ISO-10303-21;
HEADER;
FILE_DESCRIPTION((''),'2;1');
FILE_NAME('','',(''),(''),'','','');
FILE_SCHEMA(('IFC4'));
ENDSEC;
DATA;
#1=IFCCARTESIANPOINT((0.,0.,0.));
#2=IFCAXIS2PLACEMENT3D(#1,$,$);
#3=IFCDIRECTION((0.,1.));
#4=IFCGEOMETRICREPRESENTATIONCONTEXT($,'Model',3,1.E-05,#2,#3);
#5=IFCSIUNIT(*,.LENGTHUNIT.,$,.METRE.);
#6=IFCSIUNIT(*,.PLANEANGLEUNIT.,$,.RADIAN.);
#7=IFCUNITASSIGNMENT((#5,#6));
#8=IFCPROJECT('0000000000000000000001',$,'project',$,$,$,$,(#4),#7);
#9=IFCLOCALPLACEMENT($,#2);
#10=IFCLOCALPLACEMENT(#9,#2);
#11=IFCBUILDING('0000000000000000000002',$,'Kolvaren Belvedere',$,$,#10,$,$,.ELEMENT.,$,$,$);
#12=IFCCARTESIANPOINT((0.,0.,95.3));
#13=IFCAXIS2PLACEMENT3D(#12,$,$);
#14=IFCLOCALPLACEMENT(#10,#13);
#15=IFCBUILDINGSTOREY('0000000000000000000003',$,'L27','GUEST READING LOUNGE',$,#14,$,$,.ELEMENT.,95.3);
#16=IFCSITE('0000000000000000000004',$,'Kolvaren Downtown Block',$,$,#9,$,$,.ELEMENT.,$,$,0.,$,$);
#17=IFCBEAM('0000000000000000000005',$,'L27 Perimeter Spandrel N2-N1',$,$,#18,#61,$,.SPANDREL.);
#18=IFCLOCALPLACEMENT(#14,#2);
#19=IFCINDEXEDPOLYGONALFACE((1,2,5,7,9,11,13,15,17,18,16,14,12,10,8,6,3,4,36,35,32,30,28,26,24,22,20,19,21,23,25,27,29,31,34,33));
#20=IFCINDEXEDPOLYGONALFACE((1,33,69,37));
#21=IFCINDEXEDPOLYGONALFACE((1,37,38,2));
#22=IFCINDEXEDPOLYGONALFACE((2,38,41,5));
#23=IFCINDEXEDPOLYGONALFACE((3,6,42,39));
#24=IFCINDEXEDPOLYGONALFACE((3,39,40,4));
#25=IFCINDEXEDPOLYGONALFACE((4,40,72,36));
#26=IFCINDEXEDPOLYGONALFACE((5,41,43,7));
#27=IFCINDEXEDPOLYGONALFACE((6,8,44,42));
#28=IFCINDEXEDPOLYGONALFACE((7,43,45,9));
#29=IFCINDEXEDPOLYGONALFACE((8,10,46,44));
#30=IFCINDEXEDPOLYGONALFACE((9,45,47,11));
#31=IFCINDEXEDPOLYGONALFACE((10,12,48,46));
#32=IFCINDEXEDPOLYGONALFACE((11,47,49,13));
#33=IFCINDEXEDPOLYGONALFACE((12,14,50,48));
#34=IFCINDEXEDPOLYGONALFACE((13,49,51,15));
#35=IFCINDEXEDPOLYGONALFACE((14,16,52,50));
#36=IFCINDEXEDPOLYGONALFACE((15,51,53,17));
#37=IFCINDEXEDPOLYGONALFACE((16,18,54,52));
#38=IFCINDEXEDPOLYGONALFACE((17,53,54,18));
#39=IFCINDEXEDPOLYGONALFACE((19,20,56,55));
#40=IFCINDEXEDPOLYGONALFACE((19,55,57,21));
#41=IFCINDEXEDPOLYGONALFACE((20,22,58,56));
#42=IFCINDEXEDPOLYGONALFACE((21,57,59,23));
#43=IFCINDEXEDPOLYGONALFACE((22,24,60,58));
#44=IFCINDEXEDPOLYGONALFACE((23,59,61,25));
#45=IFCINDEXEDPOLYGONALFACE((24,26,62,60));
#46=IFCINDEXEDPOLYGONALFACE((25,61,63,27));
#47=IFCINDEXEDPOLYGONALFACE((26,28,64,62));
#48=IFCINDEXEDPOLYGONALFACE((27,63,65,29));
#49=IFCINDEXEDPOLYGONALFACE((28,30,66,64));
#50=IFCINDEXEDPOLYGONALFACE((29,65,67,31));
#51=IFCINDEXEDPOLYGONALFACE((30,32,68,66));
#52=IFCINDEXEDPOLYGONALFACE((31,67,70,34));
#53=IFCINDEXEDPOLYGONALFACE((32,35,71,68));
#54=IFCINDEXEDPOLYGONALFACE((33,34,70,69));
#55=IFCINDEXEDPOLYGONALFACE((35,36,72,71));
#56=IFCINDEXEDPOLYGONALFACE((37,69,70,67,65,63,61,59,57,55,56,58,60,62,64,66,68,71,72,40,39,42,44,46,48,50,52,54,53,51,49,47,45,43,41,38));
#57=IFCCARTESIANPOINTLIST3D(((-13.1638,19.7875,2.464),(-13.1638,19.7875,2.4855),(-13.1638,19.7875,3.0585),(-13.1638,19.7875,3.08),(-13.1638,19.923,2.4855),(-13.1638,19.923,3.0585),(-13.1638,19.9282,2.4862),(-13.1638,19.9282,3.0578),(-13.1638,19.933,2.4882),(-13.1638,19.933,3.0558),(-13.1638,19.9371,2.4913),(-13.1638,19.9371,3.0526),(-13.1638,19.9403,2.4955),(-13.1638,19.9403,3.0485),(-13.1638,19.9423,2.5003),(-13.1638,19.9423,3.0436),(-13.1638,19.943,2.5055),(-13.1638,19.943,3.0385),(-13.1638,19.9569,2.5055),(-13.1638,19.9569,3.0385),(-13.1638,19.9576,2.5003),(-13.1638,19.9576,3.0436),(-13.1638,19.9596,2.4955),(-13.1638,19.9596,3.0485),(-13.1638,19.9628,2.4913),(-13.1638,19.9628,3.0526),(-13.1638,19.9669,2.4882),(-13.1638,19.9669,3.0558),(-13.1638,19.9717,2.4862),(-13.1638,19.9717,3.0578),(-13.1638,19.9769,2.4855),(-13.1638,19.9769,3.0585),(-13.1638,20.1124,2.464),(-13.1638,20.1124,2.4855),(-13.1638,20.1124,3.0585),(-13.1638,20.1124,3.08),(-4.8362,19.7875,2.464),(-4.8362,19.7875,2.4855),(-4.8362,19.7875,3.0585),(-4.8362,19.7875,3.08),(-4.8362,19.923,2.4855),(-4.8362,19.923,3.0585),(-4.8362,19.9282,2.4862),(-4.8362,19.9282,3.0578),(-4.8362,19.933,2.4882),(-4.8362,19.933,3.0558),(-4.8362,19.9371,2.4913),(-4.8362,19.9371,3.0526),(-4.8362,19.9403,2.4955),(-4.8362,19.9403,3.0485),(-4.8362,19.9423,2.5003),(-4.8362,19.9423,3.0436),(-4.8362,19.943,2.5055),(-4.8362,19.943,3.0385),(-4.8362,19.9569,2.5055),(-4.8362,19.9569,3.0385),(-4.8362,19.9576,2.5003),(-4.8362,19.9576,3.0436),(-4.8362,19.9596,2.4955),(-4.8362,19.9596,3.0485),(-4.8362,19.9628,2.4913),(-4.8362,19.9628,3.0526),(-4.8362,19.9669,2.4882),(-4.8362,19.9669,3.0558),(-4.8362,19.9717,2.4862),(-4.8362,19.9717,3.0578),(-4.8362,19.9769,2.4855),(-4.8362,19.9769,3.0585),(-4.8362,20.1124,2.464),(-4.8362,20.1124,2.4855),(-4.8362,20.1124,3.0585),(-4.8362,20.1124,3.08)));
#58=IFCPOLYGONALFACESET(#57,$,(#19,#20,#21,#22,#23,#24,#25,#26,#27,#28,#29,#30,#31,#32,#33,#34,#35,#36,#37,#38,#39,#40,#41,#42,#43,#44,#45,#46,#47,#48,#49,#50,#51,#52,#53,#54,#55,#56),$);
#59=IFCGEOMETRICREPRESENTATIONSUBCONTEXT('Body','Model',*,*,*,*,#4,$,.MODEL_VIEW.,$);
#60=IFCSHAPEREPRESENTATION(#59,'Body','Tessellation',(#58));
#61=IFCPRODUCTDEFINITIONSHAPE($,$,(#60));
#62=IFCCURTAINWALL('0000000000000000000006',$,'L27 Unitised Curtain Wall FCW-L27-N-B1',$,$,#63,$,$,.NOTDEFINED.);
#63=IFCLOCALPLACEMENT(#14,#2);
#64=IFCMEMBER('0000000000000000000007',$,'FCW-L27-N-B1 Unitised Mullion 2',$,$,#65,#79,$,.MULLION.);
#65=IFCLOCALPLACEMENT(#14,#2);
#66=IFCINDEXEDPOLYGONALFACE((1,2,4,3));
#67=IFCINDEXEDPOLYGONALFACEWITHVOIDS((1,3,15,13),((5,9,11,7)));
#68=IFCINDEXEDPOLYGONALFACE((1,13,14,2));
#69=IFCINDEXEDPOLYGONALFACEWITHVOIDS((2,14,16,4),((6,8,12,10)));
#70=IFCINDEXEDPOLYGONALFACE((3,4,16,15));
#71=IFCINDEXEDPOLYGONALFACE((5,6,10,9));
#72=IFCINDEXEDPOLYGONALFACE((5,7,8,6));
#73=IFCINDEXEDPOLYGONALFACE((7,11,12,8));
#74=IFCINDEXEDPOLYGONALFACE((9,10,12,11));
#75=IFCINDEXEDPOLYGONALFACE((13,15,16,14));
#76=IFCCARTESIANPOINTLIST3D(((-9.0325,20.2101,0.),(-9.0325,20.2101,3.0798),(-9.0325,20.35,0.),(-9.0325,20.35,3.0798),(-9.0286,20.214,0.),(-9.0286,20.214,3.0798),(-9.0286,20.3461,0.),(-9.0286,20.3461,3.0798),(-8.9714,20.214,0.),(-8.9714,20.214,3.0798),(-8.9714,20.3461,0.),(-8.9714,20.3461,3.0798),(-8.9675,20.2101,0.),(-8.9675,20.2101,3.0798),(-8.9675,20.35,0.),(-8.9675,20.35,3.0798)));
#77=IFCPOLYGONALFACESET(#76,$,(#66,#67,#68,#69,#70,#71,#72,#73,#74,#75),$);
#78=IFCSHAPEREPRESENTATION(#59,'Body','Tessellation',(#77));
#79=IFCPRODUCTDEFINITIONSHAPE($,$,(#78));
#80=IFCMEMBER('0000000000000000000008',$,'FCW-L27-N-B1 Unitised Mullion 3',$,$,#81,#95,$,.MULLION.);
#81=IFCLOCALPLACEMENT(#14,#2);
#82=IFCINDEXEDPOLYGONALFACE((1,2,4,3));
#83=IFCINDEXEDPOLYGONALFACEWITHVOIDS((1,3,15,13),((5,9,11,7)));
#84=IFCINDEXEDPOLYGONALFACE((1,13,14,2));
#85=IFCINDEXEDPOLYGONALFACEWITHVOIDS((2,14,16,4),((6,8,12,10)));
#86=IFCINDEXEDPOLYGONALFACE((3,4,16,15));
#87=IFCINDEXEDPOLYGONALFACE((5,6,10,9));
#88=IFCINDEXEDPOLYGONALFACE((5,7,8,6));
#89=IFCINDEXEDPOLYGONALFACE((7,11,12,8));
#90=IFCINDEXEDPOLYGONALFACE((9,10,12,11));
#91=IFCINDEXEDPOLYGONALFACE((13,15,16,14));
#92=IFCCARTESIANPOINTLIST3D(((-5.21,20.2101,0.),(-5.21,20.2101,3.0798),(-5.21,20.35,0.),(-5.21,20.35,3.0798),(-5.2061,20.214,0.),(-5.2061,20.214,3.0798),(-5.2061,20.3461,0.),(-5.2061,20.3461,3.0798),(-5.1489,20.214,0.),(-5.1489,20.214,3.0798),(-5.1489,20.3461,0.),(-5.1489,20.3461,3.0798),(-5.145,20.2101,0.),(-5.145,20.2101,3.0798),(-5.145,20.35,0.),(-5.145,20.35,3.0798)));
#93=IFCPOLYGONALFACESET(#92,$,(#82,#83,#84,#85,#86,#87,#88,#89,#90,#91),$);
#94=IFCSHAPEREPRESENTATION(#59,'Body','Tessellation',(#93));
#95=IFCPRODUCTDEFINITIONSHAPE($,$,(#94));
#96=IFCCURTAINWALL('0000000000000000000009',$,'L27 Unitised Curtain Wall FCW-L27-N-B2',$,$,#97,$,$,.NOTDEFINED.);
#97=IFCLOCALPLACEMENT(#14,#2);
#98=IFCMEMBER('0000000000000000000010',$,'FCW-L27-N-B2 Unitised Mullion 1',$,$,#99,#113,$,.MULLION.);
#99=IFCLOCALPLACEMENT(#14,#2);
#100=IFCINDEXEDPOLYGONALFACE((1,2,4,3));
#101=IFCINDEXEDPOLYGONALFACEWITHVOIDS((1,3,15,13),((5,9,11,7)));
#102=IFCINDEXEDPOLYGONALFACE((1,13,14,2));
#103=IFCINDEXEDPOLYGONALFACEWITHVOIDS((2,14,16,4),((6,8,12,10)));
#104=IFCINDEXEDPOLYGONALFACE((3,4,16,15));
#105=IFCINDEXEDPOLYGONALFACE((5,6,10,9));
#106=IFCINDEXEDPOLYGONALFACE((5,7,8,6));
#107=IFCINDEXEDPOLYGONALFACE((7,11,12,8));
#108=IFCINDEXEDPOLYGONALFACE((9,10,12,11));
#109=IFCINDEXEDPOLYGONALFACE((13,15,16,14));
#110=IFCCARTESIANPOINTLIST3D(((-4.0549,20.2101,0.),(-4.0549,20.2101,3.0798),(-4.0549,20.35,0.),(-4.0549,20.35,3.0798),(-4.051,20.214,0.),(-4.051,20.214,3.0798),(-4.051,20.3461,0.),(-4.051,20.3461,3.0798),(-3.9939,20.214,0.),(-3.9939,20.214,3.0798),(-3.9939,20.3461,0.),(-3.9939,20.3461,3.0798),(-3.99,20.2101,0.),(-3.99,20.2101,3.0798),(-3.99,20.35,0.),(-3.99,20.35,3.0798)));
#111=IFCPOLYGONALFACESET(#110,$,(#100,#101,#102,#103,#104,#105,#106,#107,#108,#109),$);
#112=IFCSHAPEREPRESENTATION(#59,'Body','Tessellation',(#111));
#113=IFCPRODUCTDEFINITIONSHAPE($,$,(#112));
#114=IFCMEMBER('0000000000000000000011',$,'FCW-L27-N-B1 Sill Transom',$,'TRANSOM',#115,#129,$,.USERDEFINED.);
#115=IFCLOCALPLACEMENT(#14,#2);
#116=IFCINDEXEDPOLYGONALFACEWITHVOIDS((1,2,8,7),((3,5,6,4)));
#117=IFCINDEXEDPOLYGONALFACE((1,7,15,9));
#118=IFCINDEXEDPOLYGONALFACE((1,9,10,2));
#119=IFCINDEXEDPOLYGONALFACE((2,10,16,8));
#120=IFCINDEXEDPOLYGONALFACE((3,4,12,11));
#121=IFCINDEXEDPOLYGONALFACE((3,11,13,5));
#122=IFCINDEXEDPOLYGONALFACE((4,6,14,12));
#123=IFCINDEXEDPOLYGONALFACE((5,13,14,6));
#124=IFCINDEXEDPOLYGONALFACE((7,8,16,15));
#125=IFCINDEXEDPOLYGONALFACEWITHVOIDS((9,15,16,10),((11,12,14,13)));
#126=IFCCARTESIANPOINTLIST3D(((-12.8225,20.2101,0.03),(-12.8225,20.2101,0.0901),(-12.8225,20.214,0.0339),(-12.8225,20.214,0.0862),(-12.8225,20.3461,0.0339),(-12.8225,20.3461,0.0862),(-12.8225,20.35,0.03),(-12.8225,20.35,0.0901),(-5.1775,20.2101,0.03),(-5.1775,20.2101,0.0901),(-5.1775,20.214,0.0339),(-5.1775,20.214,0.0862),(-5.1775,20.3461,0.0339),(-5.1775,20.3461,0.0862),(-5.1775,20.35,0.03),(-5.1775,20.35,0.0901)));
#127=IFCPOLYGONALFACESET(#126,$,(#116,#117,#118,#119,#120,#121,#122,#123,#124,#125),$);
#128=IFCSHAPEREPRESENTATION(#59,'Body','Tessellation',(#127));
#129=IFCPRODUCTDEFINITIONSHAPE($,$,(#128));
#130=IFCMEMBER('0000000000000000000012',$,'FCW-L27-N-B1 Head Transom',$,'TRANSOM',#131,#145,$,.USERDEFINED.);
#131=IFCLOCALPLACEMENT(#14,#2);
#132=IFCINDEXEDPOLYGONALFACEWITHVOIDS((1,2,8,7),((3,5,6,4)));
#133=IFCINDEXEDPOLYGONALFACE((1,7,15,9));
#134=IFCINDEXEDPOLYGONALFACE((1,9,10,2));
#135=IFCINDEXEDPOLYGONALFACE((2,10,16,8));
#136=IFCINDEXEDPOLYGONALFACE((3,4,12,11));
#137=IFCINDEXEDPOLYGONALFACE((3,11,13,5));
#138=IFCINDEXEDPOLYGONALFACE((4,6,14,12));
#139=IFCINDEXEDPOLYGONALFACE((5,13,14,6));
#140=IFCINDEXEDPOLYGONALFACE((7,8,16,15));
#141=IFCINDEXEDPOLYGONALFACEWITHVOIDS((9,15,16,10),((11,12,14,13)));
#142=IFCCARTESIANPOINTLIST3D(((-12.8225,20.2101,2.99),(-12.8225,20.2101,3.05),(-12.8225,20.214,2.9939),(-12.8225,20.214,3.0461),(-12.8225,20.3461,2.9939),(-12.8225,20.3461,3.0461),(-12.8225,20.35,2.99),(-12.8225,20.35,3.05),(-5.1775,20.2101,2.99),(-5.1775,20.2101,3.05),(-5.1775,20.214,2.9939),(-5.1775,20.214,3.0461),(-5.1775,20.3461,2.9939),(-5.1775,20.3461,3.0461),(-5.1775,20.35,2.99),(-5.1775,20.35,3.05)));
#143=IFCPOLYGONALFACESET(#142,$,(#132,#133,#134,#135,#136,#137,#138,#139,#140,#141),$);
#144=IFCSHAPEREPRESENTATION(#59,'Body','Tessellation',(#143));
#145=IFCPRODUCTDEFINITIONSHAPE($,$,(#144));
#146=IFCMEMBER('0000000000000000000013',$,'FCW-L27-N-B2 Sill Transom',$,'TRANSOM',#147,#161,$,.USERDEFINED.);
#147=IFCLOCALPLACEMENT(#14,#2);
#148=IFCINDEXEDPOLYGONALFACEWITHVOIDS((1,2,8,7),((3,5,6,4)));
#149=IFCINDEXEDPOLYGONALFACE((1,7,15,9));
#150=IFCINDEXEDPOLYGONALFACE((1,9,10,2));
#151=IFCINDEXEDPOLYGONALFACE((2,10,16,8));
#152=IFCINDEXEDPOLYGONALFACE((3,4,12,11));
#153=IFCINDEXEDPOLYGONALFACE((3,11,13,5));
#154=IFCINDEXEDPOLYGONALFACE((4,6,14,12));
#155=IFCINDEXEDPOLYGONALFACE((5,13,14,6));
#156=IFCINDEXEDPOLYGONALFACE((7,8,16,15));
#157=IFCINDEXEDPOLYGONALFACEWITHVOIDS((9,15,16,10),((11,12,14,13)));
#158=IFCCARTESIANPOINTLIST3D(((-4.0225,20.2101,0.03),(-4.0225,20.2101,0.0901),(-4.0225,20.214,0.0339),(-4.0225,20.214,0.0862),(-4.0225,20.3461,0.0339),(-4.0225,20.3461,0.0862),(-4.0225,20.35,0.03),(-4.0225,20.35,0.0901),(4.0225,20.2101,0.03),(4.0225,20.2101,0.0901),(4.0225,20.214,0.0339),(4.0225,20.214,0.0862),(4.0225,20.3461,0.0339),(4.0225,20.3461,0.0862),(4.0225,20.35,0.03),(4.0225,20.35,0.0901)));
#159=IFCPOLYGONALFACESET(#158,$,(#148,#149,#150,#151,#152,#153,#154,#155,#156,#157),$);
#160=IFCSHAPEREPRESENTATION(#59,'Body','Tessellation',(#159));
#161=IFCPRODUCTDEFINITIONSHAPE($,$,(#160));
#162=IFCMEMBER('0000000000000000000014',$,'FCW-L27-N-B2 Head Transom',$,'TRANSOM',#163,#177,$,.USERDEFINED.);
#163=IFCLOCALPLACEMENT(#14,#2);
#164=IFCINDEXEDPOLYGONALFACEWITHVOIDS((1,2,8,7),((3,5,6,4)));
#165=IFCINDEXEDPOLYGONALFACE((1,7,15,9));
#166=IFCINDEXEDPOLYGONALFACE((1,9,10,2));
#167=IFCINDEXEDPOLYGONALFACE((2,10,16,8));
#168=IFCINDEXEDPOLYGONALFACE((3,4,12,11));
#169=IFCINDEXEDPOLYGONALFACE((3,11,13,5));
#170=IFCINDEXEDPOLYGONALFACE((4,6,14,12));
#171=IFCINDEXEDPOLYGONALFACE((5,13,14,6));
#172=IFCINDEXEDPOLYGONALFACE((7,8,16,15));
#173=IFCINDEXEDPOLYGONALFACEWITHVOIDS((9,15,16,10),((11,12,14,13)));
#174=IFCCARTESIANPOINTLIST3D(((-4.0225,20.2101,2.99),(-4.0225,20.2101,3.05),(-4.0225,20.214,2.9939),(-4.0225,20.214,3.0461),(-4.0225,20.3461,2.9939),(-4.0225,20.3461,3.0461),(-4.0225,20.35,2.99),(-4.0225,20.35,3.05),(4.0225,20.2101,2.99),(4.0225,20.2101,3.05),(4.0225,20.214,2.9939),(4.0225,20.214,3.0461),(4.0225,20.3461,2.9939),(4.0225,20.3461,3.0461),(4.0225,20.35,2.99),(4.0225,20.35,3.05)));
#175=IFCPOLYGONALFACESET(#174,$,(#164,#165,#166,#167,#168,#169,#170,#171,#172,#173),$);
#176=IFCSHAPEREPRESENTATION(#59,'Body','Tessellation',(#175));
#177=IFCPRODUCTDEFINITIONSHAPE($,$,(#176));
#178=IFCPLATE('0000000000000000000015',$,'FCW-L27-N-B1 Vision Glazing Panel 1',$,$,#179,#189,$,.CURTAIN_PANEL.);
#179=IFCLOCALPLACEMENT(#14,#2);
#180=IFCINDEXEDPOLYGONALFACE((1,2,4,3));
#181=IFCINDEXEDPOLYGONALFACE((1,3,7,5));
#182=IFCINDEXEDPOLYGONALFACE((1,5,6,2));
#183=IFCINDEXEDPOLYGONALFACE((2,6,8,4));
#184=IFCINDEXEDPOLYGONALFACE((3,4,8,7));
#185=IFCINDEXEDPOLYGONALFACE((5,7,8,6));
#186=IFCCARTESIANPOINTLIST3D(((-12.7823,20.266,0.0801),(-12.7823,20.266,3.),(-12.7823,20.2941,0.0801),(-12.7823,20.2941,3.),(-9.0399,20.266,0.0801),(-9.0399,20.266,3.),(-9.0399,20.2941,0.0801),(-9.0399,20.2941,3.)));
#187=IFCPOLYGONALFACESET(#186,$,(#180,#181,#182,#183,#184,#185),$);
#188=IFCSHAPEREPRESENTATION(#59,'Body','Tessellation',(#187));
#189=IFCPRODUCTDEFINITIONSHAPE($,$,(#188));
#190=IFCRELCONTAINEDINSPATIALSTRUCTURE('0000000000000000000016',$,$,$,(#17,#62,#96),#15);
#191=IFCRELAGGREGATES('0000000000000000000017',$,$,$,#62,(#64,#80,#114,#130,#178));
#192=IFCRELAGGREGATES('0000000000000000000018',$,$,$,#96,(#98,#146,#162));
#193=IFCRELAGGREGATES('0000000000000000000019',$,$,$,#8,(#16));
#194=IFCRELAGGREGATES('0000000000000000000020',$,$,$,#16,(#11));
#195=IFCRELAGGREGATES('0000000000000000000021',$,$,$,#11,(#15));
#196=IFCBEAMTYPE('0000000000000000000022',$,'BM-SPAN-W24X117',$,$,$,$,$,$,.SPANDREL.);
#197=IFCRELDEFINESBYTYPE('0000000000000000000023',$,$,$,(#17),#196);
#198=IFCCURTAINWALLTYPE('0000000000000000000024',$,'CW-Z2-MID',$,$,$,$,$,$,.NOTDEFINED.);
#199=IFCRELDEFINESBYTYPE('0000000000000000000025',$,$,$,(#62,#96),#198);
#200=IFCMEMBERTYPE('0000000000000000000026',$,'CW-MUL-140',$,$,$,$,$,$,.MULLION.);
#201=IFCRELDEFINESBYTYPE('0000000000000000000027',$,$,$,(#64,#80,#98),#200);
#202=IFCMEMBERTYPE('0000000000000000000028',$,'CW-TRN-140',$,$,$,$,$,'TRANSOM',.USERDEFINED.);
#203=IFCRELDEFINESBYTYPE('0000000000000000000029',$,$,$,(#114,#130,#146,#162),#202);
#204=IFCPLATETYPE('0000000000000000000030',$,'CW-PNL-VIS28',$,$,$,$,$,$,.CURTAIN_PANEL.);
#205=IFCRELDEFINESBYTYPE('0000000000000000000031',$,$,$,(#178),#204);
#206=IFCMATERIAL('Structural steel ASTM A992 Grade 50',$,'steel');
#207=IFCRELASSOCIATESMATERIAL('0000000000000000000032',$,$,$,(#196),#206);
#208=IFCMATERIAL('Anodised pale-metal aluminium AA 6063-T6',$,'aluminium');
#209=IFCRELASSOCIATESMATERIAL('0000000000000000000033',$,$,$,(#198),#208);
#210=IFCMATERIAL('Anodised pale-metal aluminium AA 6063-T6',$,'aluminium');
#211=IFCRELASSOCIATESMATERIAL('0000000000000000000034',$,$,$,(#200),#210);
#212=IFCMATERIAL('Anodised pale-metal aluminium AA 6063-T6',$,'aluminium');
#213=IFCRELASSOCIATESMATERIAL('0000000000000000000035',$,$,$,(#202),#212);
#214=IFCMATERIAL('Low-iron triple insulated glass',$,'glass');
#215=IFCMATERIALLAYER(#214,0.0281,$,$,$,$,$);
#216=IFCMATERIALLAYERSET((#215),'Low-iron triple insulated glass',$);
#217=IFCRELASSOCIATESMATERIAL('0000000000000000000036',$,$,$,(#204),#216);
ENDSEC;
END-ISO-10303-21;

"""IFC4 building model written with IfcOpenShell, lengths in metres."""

from ifc_helpers import new_model, si_unit, direction, frame, origin, origin_2d, place, context, subcontext, project, spatial, rectangle, hollow_rectangle, i_section, extrude, material, layer, layer_set, material_profile, profile_set, type_object, element, aggregate, save


model = new_model("IFC4")

# Units and contexts
model_context = context("Model", 3, precision=1e-05, world=origin(), true_north=direction((0.0, 1.0)))
body_context = subcontext(model_context, "Body", "Model", "MODEL_VIEW")
ifc_project = project(units=[si_unit("LENGTHUNIT", "METRE"), si_unit("PLANEANGLEUNIT", "RADIAN")], contexts=[model_context])

# Site, building, storey
site_placement = place(None, origin())
site = spatial("IfcSite", under=ifc_project, at=site_placement, Name="Kolvaren Downtown Block", CompositionType="ELEMENT", RefElevation=0.0)
building_placement = place(site_placement, origin())
building = spatial("IfcBuilding", under=site, at=building_placement, Name="Kolvaren Belvedere", CompositionType="ELEMENT")
storey_placement = place(building_placement, frame((0.0, 0.0, 95.3)))
storey = spatial("IfcBuildingStorey", under=building, at=storey_placement, Name="L27", Description="GUEST READING LOUNGE", CompositionType="ELEMENT", Elevation=95.3)

# Beam
ifc_material_1 = material(Name="Structural steel ASTM A992 Grade 50", Category="steel")
ifc_material_profile_1 = material_profile(ifc_material_1, i_section(OverallWidth=0.325, OverallDepth=0.616, WebThickness=0.0139, FlangeThickness=0.0215, FilletRadius=0.02, at=origin_2d()), Name="W24X117")
ifc_profile_set_1 = profile_set([ifc_material_profile_1], Name="Structural steel ASTM A992 Grade 50")
beam_type_1 = type_object("IfcBeamType", Name="BM-SPAN-W24X117", PredefinedType="SPANDREL", material=ifc_profile_set_1)
beam_1_placement = place(storey_placement, frame((-4.8362, 19.95, 2.772), z_axis=(-1.0, 0.0, 0.0), x_axis=(0.0, -1.0, 0.0)))
element("IfcBeam", 1, at=beam_1_placement, inside=storey, type_object=beam_type_1, Name="L27 Perimeter Spandrel N2-N1", PredefinedType="SPANDREL", context=body_context, shape_type="SweptSolid", body=[
    extrude(i_section(OverallWidth=0.325, OverallDepth=0.616, WebThickness=0.0139, FlangeThickness=0.0215, FilletRadius=0.02, at=origin_2d()), origin(), (0.0, 0.0, 1.0), 8.3276),
])

# Curtain wall, members
ifc_material_2 = material(Name="Anodised pale-metal aluminium AA 6063-T6", Category="aluminium")
curtain_wall_type = type_object("IfcCurtainWallType", Name="CW-Z2-MID", PredefinedType="NOTDEFINED", material=ifc_material_2)
curtain_wall_1_placement = place(storey_placement, origin())
curtain_wall_1 = element("IfcCurtainWall", 2, at=curtain_wall_1_placement, inside=storey, type_object=curtain_wall_type, Name="L27 Unitised Curtain Wall FCW-L27-N-B1", PredefinedType="NOTDEFINED")
ifc_material_3 = material(Name="Anodised pale-metal aluminium AA 6063-T6", Category="aluminium")
ifc_material_profile_2 = material_profile(ifc_material_3, hollow_rectangle(XDim=0.0649, YDim=0.1399, WallThickness=0.0039, at=origin_2d()), Name="ALU-MUL-140X65")
ifc_profile_set_2 = profile_set([ifc_material_profile_2], Name="Anodised pale-metal aluminium AA 6063-T6")
member_type_1 = type_object("IfcMemberType", Name="CW-MUL-140", PredefinedType="MULLION", material=ifc_profile_set_2)
member_1_placement = place(storey_placement, frame((-9.0, 20.28, 0.0), z_axis=(0.0, 0.0, 1.0), x_axis=(1.0, 0.0, 0.0)))
member_1 = element("IfcMember", 3, at=member_1_placement, type_object=member_type_1, Name="FCW-L27-N-B1 Unitised Mullion 2", PredefinedType="MULLION", context=body_context, shape_type="SweptSolid", body=[
    extrude(hollow_rectangle(XDim=0.0649, YDim=0.1399, WallThickness=0.0039, at=origin_2d()), origin(), (0.0, 0.0, 1.0), 3.0798),
])
member_2_placement = place(storey_placement, frame((-5.1775, 20.28, 0.0), z_axis=(0.0, 0.0, 1.0), x_axis=(1.0, 0.0, 0.0)))
member_2 = element("IfcMember", 4, at=member_2_placement, type_object=member_type_1, Name="FCW-L27-N-B1 Unitised Mullion 3", PredefinedType="MULLION", context=body_context, shape_type="SweptSolid", body=[
    extrude(hollow_rectangle(XDim=0.0649, YDim=0.1399, WallThickness=0.0039, at=origin_2d()), origin(), (0.0, 0.0, 1.0), 3.0798),
])

# Curtain wall, member
curtain_wall_2_placement = place(storey_placement, origin())
curtain_wall_2 = element("IfcCurtainWall", 5, at=curtain_wall_2_placement, inside=storey, type_object=curtain_wall_type, Name="L27 Unitised Curtain Wall FCW-L27-N-B2", PredefinedType="NOTDEFINED")
member_3_placement = place(storey_placement, frame((-4.0225, 20.28, 0.0), z_axis=(0.0, 0.0, 1.0), x_axis=(1.0, 0.0, 0.0)))
member_3 = element("IfcMember", 6, at=member_3_placement, type_object=member_type_1, Name="FCW-L27-N-B2 Unitised Mullion 1", PredefinedType="MULLION", context=body_context, shape_type="SweptSolid", body=[
    extrude(hollow_rectangle(XDim=0.0649, YDim=0.1399, WallThickness=0.0039, at=origin_2d()), origin(), (0.0, 0.0, 1.0), 3.0798),
])

# Members
ifc_material_4 = material(Name="Anodised pale-metal aluminium AA 6063-T6", Category="aluminium")
ifc_material_profile_3 = material_profile(ifc_material_4, hollow_rectangle(XDim=0.0601, YDim=0.1399, WallThickness=0.0039, at=origin_2d()), Name="ALU-TRN-140X60")
ifc_profile_set_3 = profile_set([ifc_material_profile_3], Name="Anodised pale-metal aluminium AA 6063-T6")
member_type_2 = type_object("IfcMemberType", Name="CW-TRN-140", ElementType="TRANSOM", PredefinedType="USERDEFINED", material=ifc_profile_set_3)
member_4_placement = place(storey_placement, frame((-12.8225, 20.28, 0.0601), z_axis=(1.0, 0.0, 0.0), x_axis=(0.0, 0.0, 1.0)))
member_4 = element("IfcMember", 7, at=member_4_placement, type_object=member_type_2, Name="FCW-L27-N-B1 Sill Transom", ObjectType="TRANSOM", PredefinedType="USERDEFINED", context=body_context, shape_type="SweptSolid", body=[
    extrude(hollow_rectangle(XDim=0.0601, YDim=0.1399, WallThickness=0.0039, at=origin_2d()), origin(), (0.0, 0.0, 1.0), 7.645),
])
member_5_placement = place(storey_placement, frame((-12.8225, 20.28, 3.02), z_axis=(1.0, 0.0, 0.0), x_axis=(0.0, 0.0, 1.0)))
member_5 = element("IfcMember", 8, at=member_5_placement, type_object=member_type_2, Name="FCW-L27-N-B1 Head Transom", ObjectType="TRANSOM", PredefinedType="USERDEFINED", context=body_context, shape_type="SweptSolid", body=[
    extrude(hollow_rectangle(XDim=0.0601, YDim=0.1399, WallThickness=0.0039, at=origin_2d()), origin(), (0.0, 0.0, 1.0), 7.645),
])
member_6_placement = place(storey_placement, frame((-4.0225, 20.28, 0.0601), z_axis=(1.0, 0.0, 0.0), x_axis=(0.0, 0.0, 1.0)))
member_6 = element("IfcMember", 9, at=member_6_placement, type_object=member_type_2, Name="FCW-L27-N-B2 Sill Transom", ObjectType="TRANSOM", PredefinedType="USERDEFINED", context=body_context, shape_type="SweptSolid", body=[
    extrude(hollow_rectangle(XDim=0.0601, YDim=0.1399, WallThickness=0.0039, at=origin_2d()), origin(), (0.0, 0.0, 1.0), 8.0449),
])
member_7_placement = place(storey_placement, frame((-4.0225, 20.28, 3.02), z_axis=(1.0, 0.0, 0.0), x_axis=(0.0, 0.0, 1.0)))
member_7 = element("IfcMember", 10, at=member_7_placement, type_object=member_type_2, Name="FCW-L27-N-B2 Head Transom", ObjectType="TRANSOM", PredefinedType="USERDEFINED", context=body_context, shape_type="SweptSolid", body=[
    extrude(hollow_rectangle(XDim=0.0601, YDim=0.1399, WallThickness=0.0039, at=origin_2d()), origin(), (0.0, 0.0, 1.0), 8.0449),
])

# Plate
ifc_material_5 = material(Name="Low-iron triple insulated glass", Category="glass")
ifc_layer_1 = layer(ifc_material_5, 0.0281)
ifc_layer_set_1 = layer_set([ifc_layer_1], Name="Low-iron triple insulated glass")
plate_type_1 = type_object("IfcPlateType", Name="CW-PNL-VIS28", PredefinedType="CURTAIN_PANEL", material=ifc_layer_set_1)
plate_1_placement = place(storey_placement, frame((-10.9111, 20.28, 0.0801), z_axis=(0.0, 0.0, 1.0), x_axis=(1.0, 0.0, 0.0)))
plate_1 = element("IfcPlate", 11, at=plate_1_placement, type_object=plate_type_1, Name="FCW-L27-N-B1 Vision Glazing Panel 1", PredefinedType="CURTAIN_PANEL", context=body_context, shape_type="SweptSolid", body=[
    extrude(rectangle(XDim=3.7424, YDim=0.0281, at=origin_2d()), origin(), (0.0, 0.0, 1.0), 2.9199),
])
aggregate(curtain_wall_1, [member_1, member_2, member_4, member_5, plate_1])
aggregate(curtain_wall_2, [member_3, member_6, member_7])

save(model, "model.ifc")
